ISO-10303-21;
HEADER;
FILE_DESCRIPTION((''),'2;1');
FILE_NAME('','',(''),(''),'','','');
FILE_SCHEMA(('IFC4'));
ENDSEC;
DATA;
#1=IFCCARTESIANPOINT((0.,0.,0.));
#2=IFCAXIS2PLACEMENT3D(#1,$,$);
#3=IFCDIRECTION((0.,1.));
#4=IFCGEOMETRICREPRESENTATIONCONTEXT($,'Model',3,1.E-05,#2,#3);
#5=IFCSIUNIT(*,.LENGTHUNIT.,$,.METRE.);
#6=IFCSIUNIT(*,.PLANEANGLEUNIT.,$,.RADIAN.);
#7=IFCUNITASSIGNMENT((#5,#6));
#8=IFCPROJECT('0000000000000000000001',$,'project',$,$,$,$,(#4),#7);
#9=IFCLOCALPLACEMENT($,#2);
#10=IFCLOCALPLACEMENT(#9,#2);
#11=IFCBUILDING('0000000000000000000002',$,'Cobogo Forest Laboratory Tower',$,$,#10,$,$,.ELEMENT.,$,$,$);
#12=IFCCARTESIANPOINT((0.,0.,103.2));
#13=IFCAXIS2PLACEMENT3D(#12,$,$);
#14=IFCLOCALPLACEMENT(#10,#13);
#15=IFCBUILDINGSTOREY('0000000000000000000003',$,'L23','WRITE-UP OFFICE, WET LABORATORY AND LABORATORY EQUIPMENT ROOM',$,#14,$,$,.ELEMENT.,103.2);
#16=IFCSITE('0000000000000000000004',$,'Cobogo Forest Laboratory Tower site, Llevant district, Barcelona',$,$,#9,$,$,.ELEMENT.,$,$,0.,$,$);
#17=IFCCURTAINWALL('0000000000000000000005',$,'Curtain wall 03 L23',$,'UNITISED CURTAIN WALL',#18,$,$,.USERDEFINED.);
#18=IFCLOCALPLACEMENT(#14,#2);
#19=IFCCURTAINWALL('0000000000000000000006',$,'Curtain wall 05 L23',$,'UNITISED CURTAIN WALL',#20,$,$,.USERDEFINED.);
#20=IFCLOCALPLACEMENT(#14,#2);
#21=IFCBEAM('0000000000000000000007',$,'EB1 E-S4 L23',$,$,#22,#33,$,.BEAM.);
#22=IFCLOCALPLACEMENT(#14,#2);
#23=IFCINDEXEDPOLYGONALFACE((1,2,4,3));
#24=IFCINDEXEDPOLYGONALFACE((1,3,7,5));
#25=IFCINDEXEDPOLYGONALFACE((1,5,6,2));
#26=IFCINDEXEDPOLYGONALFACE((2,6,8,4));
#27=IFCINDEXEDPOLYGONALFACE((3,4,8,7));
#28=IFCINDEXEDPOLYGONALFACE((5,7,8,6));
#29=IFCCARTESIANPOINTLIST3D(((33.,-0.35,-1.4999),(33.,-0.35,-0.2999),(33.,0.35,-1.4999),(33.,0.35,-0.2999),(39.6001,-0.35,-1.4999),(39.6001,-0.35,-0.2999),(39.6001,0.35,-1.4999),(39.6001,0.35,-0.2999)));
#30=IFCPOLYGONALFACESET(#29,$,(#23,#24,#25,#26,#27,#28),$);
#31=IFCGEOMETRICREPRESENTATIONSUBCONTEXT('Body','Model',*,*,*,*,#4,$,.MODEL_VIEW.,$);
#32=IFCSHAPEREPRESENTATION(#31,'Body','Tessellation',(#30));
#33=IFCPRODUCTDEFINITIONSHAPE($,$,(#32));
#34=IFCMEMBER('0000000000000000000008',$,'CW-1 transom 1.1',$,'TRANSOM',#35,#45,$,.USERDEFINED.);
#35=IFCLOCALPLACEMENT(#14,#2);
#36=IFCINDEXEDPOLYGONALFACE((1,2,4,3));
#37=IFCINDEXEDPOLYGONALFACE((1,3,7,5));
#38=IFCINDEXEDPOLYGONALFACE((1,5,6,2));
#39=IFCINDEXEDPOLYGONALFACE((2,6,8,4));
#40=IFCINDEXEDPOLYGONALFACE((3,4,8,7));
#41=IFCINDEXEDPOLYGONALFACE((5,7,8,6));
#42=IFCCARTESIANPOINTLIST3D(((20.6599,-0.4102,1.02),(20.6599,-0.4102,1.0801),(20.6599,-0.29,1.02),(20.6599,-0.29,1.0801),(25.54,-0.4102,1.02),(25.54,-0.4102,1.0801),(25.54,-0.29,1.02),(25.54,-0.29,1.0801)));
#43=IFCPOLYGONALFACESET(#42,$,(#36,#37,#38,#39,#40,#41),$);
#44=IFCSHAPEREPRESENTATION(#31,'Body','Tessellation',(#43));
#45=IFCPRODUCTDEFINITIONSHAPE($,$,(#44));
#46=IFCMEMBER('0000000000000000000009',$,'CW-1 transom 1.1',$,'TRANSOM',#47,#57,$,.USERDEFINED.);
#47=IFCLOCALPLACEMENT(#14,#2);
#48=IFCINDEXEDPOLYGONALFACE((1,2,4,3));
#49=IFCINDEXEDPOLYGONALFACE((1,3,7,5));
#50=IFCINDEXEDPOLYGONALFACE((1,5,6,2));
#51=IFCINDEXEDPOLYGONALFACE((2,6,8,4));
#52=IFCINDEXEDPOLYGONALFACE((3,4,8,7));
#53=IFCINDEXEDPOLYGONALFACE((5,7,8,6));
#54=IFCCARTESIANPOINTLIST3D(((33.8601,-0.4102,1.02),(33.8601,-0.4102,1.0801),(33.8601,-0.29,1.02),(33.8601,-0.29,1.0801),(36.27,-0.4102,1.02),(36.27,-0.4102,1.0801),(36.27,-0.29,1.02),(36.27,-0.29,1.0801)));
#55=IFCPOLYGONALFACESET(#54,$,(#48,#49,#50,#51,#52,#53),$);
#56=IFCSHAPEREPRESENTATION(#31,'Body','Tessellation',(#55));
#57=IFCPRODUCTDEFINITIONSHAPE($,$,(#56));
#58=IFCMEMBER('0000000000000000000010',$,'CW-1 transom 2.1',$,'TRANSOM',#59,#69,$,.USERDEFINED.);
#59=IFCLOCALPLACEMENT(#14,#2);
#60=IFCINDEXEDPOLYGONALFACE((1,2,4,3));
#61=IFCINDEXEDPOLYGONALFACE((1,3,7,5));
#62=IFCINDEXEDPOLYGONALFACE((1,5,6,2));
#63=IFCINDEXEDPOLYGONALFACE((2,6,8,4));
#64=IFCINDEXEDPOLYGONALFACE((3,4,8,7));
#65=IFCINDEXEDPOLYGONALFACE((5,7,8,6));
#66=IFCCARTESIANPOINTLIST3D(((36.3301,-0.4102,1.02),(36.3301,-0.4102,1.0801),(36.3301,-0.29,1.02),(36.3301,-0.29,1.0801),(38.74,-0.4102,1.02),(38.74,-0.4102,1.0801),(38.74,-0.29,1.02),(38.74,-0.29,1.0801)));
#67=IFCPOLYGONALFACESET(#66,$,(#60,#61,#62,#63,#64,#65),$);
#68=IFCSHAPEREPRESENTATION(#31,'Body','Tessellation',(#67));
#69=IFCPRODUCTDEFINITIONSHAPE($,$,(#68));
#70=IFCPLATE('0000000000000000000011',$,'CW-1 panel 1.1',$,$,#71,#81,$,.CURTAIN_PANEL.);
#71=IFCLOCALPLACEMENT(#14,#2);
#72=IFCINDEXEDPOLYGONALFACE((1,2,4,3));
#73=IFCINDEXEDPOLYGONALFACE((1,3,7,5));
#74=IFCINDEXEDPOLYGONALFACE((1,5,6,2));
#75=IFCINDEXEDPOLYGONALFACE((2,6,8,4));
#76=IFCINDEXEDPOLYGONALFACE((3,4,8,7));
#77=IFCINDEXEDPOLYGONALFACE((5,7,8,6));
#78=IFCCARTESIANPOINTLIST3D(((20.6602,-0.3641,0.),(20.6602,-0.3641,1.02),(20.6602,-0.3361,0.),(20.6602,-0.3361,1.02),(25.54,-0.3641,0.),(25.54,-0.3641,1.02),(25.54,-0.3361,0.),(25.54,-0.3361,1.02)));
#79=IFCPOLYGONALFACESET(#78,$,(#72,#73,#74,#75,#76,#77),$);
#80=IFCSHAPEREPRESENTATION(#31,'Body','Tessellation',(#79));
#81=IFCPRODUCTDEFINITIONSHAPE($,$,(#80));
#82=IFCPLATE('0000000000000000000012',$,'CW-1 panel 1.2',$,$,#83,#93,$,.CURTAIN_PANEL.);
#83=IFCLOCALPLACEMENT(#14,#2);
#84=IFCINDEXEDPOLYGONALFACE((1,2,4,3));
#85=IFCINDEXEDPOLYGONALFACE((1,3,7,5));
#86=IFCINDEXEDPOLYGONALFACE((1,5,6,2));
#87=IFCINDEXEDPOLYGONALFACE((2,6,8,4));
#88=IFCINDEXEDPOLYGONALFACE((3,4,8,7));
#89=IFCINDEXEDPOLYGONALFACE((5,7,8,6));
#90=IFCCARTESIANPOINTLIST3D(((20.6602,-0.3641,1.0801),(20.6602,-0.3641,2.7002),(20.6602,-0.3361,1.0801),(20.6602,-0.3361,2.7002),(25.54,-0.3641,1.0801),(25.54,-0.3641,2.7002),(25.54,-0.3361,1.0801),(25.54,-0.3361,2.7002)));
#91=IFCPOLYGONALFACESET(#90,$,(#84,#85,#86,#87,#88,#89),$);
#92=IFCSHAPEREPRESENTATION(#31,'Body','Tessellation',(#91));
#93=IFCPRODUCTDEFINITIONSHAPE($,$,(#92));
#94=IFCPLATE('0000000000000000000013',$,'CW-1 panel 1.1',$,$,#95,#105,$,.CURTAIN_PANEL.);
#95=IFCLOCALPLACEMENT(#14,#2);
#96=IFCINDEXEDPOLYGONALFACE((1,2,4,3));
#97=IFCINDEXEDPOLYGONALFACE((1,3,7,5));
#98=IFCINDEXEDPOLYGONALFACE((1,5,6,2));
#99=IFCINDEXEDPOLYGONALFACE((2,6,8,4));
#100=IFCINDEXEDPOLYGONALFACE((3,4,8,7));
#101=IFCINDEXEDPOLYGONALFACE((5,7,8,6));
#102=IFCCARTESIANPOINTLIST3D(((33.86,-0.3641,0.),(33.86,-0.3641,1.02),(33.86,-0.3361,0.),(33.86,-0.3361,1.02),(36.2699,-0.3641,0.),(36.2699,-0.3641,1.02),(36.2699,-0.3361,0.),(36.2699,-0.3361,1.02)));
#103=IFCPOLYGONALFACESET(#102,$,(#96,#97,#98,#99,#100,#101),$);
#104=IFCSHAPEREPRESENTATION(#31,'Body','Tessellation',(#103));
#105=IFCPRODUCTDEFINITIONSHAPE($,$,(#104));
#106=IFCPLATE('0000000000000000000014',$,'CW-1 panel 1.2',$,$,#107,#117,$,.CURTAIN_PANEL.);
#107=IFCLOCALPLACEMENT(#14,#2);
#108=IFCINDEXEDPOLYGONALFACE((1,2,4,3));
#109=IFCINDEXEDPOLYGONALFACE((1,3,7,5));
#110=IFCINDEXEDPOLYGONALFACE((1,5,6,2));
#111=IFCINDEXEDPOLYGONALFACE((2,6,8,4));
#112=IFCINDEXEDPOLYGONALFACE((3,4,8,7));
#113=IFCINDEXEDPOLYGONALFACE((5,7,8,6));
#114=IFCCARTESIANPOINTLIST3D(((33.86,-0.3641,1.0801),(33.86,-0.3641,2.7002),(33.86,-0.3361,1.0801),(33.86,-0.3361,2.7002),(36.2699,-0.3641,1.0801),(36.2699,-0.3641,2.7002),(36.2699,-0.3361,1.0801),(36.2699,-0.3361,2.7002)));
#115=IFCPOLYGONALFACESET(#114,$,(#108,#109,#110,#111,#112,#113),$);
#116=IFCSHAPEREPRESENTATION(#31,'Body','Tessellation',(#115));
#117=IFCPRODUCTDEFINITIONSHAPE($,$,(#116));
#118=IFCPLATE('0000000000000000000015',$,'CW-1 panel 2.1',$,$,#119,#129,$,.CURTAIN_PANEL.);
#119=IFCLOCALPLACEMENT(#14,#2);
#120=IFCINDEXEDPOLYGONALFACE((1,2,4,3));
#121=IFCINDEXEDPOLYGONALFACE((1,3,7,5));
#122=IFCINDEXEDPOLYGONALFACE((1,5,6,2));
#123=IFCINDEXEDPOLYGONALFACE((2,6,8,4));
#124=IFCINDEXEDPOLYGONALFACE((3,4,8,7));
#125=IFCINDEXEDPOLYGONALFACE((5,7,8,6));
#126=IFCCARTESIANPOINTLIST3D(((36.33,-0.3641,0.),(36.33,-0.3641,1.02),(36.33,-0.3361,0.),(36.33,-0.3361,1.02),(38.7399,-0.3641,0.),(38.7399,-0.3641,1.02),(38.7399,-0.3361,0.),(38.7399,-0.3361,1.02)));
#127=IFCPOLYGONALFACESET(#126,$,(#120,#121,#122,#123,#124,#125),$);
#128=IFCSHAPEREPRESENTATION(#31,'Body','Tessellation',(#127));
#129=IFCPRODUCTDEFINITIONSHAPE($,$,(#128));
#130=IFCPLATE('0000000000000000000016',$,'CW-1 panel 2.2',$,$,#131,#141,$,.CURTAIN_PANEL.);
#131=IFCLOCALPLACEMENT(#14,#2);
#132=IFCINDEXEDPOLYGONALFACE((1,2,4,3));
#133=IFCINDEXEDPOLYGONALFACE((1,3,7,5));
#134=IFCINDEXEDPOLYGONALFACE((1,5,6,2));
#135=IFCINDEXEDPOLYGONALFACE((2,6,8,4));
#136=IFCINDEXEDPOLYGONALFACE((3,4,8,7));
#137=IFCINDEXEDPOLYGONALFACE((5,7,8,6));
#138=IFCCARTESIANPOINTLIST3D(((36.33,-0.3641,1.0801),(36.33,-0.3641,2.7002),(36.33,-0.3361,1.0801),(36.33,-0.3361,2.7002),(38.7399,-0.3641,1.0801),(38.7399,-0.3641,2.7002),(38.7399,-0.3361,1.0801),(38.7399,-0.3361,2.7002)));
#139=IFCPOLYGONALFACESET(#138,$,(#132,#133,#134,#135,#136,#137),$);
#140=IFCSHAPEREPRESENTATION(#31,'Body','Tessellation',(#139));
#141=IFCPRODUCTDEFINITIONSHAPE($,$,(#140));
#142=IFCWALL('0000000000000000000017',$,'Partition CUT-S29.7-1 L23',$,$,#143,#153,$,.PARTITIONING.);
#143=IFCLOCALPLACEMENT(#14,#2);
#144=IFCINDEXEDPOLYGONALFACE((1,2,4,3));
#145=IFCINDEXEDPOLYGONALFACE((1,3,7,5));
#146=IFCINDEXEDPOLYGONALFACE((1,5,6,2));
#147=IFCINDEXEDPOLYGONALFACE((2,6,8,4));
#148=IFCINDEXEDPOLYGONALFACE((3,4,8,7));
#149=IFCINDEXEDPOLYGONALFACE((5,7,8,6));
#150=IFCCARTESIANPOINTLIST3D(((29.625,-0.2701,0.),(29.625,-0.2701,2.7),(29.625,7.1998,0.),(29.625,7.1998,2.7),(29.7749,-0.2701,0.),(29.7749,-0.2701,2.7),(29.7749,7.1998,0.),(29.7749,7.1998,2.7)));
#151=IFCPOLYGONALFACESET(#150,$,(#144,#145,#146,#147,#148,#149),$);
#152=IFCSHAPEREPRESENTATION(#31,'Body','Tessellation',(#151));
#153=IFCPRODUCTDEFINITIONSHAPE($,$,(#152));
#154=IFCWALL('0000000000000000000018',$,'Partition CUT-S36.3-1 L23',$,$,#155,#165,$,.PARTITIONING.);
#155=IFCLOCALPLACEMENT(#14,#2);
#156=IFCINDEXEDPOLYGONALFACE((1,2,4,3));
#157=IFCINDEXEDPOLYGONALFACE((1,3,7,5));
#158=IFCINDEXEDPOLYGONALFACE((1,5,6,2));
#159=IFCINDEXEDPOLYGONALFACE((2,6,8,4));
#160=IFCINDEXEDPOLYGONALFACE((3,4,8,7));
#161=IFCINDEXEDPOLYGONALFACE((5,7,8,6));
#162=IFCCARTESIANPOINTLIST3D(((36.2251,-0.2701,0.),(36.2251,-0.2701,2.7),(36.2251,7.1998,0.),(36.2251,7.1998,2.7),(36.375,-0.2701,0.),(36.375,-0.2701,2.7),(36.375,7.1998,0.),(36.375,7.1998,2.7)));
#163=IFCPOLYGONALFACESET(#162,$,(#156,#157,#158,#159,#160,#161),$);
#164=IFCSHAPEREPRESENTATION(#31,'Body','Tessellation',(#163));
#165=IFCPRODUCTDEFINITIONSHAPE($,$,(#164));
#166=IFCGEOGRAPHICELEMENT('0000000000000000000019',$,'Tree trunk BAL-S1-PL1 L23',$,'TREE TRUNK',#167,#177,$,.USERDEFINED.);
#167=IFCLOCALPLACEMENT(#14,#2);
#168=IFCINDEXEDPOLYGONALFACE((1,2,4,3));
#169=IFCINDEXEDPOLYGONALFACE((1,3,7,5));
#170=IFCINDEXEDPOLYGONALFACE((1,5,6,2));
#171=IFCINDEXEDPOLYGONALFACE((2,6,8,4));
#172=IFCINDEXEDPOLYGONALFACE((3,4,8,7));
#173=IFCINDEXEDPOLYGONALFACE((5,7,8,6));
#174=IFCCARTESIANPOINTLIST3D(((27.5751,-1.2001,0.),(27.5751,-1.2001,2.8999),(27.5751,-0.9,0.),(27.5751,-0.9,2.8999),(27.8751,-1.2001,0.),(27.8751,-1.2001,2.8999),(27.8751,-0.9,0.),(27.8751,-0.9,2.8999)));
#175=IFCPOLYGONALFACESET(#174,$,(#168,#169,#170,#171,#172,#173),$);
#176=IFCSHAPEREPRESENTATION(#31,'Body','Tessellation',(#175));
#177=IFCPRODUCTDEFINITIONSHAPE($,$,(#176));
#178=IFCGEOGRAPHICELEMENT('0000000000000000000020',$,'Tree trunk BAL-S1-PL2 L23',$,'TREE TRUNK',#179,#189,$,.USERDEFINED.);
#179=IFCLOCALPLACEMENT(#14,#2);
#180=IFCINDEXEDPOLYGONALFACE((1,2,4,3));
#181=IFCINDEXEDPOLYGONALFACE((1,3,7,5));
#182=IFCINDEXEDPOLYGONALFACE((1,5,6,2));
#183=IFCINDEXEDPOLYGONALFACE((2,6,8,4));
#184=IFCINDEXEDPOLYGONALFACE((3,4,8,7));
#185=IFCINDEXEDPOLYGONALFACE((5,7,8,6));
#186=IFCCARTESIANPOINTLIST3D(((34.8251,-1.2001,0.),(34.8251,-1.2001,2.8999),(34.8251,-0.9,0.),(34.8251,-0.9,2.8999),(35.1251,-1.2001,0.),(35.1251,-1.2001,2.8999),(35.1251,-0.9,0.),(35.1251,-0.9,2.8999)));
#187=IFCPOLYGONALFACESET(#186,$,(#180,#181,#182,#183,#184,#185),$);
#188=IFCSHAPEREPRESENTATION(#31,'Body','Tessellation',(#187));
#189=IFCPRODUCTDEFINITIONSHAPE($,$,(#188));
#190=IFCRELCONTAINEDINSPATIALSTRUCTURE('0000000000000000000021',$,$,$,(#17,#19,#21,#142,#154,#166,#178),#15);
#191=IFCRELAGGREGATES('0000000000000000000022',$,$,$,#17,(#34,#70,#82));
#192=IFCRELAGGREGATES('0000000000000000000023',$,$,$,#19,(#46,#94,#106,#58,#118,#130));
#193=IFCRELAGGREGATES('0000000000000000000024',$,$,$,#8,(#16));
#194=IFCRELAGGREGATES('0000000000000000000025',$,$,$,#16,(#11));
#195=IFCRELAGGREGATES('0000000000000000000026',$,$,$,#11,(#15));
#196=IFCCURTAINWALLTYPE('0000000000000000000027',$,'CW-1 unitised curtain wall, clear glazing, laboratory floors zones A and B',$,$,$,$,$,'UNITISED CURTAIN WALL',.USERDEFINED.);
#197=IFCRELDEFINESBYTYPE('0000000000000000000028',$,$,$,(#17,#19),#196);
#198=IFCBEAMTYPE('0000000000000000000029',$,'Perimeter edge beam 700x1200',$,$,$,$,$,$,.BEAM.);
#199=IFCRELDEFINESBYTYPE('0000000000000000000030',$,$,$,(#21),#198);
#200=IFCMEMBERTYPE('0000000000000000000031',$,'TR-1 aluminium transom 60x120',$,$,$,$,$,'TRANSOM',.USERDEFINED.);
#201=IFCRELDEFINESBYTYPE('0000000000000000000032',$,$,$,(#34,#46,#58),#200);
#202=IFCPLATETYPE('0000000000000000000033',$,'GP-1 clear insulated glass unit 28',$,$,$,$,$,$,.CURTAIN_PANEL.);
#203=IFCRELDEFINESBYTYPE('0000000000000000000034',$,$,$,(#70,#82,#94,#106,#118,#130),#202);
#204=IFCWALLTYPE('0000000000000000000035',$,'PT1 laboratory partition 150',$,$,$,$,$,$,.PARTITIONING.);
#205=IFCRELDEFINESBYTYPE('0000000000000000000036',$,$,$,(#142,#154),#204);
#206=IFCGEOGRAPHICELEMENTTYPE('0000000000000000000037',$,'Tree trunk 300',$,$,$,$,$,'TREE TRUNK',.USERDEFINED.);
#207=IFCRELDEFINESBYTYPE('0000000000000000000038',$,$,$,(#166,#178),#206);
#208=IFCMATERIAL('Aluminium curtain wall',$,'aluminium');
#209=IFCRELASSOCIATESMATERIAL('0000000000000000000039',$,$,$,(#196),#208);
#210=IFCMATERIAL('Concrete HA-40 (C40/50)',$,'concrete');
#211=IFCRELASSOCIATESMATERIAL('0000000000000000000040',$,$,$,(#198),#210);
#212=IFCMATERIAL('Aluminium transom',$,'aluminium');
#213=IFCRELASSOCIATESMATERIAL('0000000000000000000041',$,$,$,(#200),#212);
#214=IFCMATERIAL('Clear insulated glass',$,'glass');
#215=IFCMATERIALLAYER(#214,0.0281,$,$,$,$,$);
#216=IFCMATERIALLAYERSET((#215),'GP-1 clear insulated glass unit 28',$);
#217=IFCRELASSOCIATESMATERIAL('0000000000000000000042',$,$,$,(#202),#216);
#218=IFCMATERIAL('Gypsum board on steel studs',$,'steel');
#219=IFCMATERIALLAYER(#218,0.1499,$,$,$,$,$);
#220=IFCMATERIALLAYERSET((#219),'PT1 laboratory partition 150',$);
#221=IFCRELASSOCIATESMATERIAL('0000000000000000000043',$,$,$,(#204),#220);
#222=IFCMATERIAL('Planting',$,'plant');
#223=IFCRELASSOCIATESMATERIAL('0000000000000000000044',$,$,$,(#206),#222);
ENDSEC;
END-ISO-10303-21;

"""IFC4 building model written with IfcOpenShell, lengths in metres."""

from ifc_helpers import new_model, si_unit, direction, frame, frame_2d, origin, origin_2d, place, context, subcontext, project, spatial, rectangle, extrude, material, layer, layer_set, material_profile, profile_set, type_object, element, aggregate, save


model = new_model("IFC4")

# Units and contexts
model_context = context("Model", 3, precision=1e-05, world=origin(), true_north=direction((0.0, 1.0)))
body_context = subcontext(model_context, "Body", "Model", "MODEL_VIEW")
ifc_project = project(units=[si_unit("LENGTHUNIT", "METRE"), si_unit("PLANEANGLEUNIT", "RADIAN")], contexts=[model_context])

# Site, building, storey
site_placement = place(None, origin())
site = spatial("IfcSite", under=ifc_project, at=site_placement, Name="Cobogo Forest Laboratory Tower site, Llevant district, Barcelona", CompositionType="ELEMENT", RefElevation=0.0)
building_placement = place(site_placement, origin())
building = spatial("IfcBuilding", under=site, at=building_placement, Name="Cobogo Forest Laboratory Tower", CompositionType="ELEMENT")
storey_placement = place(building_placement, frame((0.0, 0.0, 103.2)))
storey = spatial("IfcBuildingStorey", under=building, at=storey_placement, Name="L23", Description="WRITE-UP OFFICE, WET LABORATORY AND LABORATORY EQUIPMENT ROOM", CompositionType="ELEMENT", Elevation=103.2)

# Shared definitions
ifc_material_1 = material(Name="Concrete HA-40 (C40/50)", Category="concrete")

# Curtain walls
ifc_material_2 = material(Name="Aluminium curtain wall", Category="aluminium")
curtain_wall_type = type_object("IfcCurtainWallType", Name="CW-1 unitised curtain wall, clear glazing, laboratory floors zones A and B", ElementType="UNITISED CURTAIN WALL", PredefinedType="USERDEFINED", material=ifc_material_2)
curtain_wall_1_placement = place(storey_placement, origin())
curtain_wall_1 = element("IfcCurtainWall", 1, at=curtain_wall_1_placement, inside=storey, type_object=curtain_wall_type, Name="Curtain wall 03 L23", ObjectType="UNITISED CURTAIN WALL", PredefinedType="USERDEFINED")
curtain_wall_2_placement = place(storey_placement, origin())
curtain_wall_2 = element("IfcCurtainWall", 2, at=curtain_wall_2_placement, inside=storey, type_object=curtain_wall_type, Name="Curtain wall 05 L23", ObjectType="UNITISED CURTAIN WALL", PredefinedType="USERDEFINED")

# Beam
ifc_material_profile_1 = material_profile(ifc_material_1, rectangle(XDim=0.7, YDim=1.2, at=origin_2d()), Name="RC 700x1200")
ifc_profile_set_1 = profile_set([ifc_material_profile_1], Name="Concrete HA-40 (C40/50)")
beam_type_1 = type_object("IfcBeamType", Name="Perimeter edge beam 700x1200", PredefinedType="BEAM", material=ifc_profile_set_1)
for number, where, z_axis, x_axis, name in (
    (3, (33.0, 0.0, -0.8999), (1.0, 0.0, 0.0), (0.0, 1.0, 0.0), "EB1 E-S4 L23"),
):
    element("IfcBeam", number, at=place(storey_placement, frame(where, z_axis=z_axis, x_axis=x_axis)), inside=storey, type_object=beam_type_1, Name=name, PredefinedType="BEAM", context=body_context, shape_type="SweptSolid", body=[
        extrude(rectangle(XDim=0.7, YDim=1.2, at=origin_2d()), origin(), (0.0, 0.0, 1.0), 6.6001),
    ])

# Members
ifc_material_3 = material(Name="Aluminium transom", Category="aluminium")
ifc_material_profile_2 = material_profile(ifc_material_3, rectangle(XDim=0.1201, YDim=0.0601, at=origin_2d()), Name="AL 60x120")
ifc_profile_set_2 = profile_set([ifc_material_profile_2], Name="Aluminium transom")
member_type_1 = type_object("IfcMemberType", Name="TR-1 aluminium transom 60x120", ElementType="TRANSOM", PredefinedType="USERDEFINED", material=ifc_profile_set_2)
member_1_placement = place(storey_placement, frame((20.6599, -0.3501, 1.05), z_axis=(1.0, 0.0, 0.0), x_axis=(0.0, 1.0, 0.0)))
member_1 = element("IfcMember", 4, at=member_1_placement, type_object=member_type_1, Name="CW-1 transom 1.1", ObjectType="TRANSOM", PredefinedType="USERDEFINED", context=body_context, shape_type="SweptSolid", body=[
    extrude(rectangle(XDim=0.1201, YDim=0.0601, at=origin_2d()), origin(), (0.0, 0.0, 1.0), 4.8801),
])
member_2_placement = place(storey_placement, frame((33.8601, -0.3501, 1.05), z_axis=(1.0, 0.0, 0.0), x_axis=(0.0, 1.0, 0.0)))
member_2 = element("IfcMember", 5, at=member_2_placement, type_object=member_type_1, Name="CW-1 transom 1.1", ObjectType="TRANSOM", PredefinedType="USERDEFINED", context=body_context, shape_type="SweptSolid", body=[
    extrude(rectangle(XDim=0.1201, YDim=0.0601, at=origin_2d()), origin(), (0.0, 0.0, 1.0), 2.4099),
])
member_3_placement = place(storey_placement, frame((36.3301, -0.3501, 1.05), z_axis=(1.0, 0.0, 0.0), x_axis=(0.0, 1.0, 0.0)))
member_3 = element("IfcMember", 6, at=member_3_placement, type_object=member_type_1, Name="CW-1 transom 2.1", ObjectType="TRANSOM", PredefinedType="USERDEFINED", context=body_context, shape_type="SweptSolid", body=[
    extrude(rectangle(XDim=0.1201, YDim=0.0601, at=origin_2d()), origin(), (0.0, 0.0, 1.0), 2.4099),
])

# Plates
ifc_material_4 = material(Name="Clear insulated glass", Category="glass")
ifc_layer_1 = layer(ifc_material_4, 0.0281)
ifc_layer_set_1 = layer_set([ifc_layer_1], Name="GP-1 clear insulated glass unit 28")
plate_type_1 = type_object("IfcPlateType", Name="GP-1 clear insulated glass unit 28", PredefinedType="CURTAIN_PANEL", material=ifc_layer_set_1)
plate_1_placement = place(storey_placement, frame((23.1001, -0.3501, 0.0), z_axis=(0.0, 0.0, 1.0), x_axis=(1.0, 0.0, 0.0)))
plate_1 = element("IfcPlate", 7, at=plate_1_placement, type_object=plate_type_1, Name="CW-1 panel 1.1", PredefinedType="CURTAIN_PANEL", context=body_context, shape_type="SweptSolid", body=[
    extrude(rectangle(XDim=4.8799, YDim=0.0281, at=origin_2d()), origin(), (0.0, 0.0, 1.0), 1.02),
])
plate_2_placement = place(storey_placement, frame((23.1001, -0.3501, 1.0801), z_axis=(0.0, 0.0, 1.0), x_axis=(1.0, 0.0, 0.0)))
plate_2 = element("IfcPlate", 8, at=plate_2_placement, type_object=plate_type_1, Name="CW-1 panel 1.2", PredefinedType="CURTAIN_PANEL", context=body_context, shape_type="SweptSolid", body=[
    extrude(rectangle(XDim=4.8799, YDim=0.0281, at=origin_2d()), origin(), (0.0, 0.0, 1.0), 1.6201),
])
aggregate(curtain_wall_1, [member_1, plate_1, plate_2])
plate_3_placement = place(storey_placement, frame((35.0649, -0.3501, 0.0), z_axis=(0.0, 0.0, 1.0), x_axis=(1.0, 0.0, 0.0)))
plate_3 = element("IfcPlate", 9, at=plate_3_placement, type_object=plate_type_1, Name="CW-1 panel 1.1", PredefinedType="CURTAIN_PANEL", context=body_context, shape_type="SweptSolid", body=[
    extrude(rectangle(XDim=2.4099, YDim=0.0281, at=origin_2d()), origin(), (0.0, 0.0, 1.0), 1.02),
])
plate_4_placement = place(storey_placement, frame((35.0649, -0.3501, 1.0801), z_axis=(0.0, 0.0, 1.0), x_axis=(1.0, 0.0, 0.0)))
plate_4 = element("IfcPlate", 10, at=plate_4_placement, type_object=plate_type_1, Name="CW-1 panel 1.2", PredefinedType="CURTAIN_PANEL", context=body_context, shape_type="SweptSolid", body=[
    extrude(rectangle(XDim=2.4099, YDim=0.0281, at=origin_2d()), origin(), (0.0, 0.0, 1.0), 1.6201),
])
plate_5_placement = place(storey_placement, frame((37.5349, -0.3501, 0.0), z_axis=(0.0, 0.0, 1.0), x_axis=(1.0, 0.0, 0.0)))
plate_5 = element("IfcPlate", 11, at=plate_5_placement, type_object=plate_type_1, Name="CW-1 panel 2.1", PredefinedType="CURTAIN_PANEL", context=body_context, shape_type="SweptSolid", body=[
    extrude(rectangle(XDim=2.4099, YDim=0.0281, at=origin_2d()), origin(), (0.0, 0.0, 1.0), 1.02),
])
plate_6_placement = place(storey_placement, frame((37.5349, -0.3501, 1.0801), z_axis=(0.0, 0.0, 1.0), x_axis=(1.0, 0.0, 0.0)))
plate_6 = element("IfcPlate", 12, at=plate_6_placement, type_object=plate_type_1, Name="CW-1 panel 2.2", PredefinedType="CURTAIN_PANEL", context=body_context, shape_type="SweptSolid", body=[
    extrude(rectangle(XDim=2.4099, YDim=0.0281, at=origin_2d()), origin(), (0.0, 0.0, 1.0), 1.6201),
])
aggregate(curtain_wall_2, [member_2, plate_3, plate_4, member_3, plate_5, plate_6])

# Walls
ifc_material_5 = material(Name="Gypsum board on steel studs", Category="steel")
ifc_layer_2 = layer(ifc_material_5, 0.1499)
ifc_layer_set_2 = layer_set([ifc_layer_2], Name="PT1 laboratory partition 150")
wall_type_1 = type_object("IfcWallType", Name="PT1 laboratory partition 150", PredefinedType="PARTITIONING", material=ifc_layer_set_2)
for number, where, z_axis, x_axis, name in (
    (13, (29.7, -0.27, 0.0), (0.0, 0.0, 1.0), (0.0, 1.0, 0.0), "Partition CUT-S29.7-1 L23"),
    (14, (36.3, -0.27, 0.0), (0.0, 0.0, 1.0), (0.0, 1.0, 0.0), "Partition CUT-S36.3-1 L23"),
):
    element("IfcWall", number, at=place(storey_placement, frame(where, z_axis=z_axis, x_axis=x_axis)), inside=storey, type_object=wall_type_1, Name=name, PredefinedType="PARTITIONING", context=body_context, shape_type="SweptSolid", body=[
        extrude(rectangle(XDim=7.47, YDim=0.1499, at=frame_2d((3.7349, 0.0))), origin(), (0.0, 0.0, 1.0), 2.7),
    ])

# Geographic elements
ifc_material_6 = material(Name="Planting", Category="plant")
geographic_element_type = type_object("IfcGeographicElementType", Name="Tree trunk 300", ElementType="TREE TRUNK", PredefinedType="USERDEFINED", material=ifc_material_6)
for number, where, z_axis, x_axis, name in (
    (15, (27.7251, -1.05, 0.0), (0.0, 0.0, 1.0), (1.0, 0.0, 0.0), "Tree trunk BAL-S1-PL1 L23"),
    (16, (34.9751, -1.05, 0.0), (0.0, 0.0, 1.0), (1.0, 0.0, 0.0), "Tree trunk BAL-S1-PL2 L23"),
):
    element("IfcGeographicElement", number, at=place(storey_placement, frame(where, z_axis=z_axis, x_axis=x_axis)), inside=storey, type_object=geographic_element_type, Name=name, ObjectType="TREE TRUNK", PredefinedType="USERDEFINED", context=body_context, shape_type="SweptSolid", body=[
        extrude(rectangle(XDim=0.3, YDim=0.3, at=origin_2d()), origin(), (0.0, 0.0, 1.0), 2.8999),
    ])

save(model, "model.ifc")
